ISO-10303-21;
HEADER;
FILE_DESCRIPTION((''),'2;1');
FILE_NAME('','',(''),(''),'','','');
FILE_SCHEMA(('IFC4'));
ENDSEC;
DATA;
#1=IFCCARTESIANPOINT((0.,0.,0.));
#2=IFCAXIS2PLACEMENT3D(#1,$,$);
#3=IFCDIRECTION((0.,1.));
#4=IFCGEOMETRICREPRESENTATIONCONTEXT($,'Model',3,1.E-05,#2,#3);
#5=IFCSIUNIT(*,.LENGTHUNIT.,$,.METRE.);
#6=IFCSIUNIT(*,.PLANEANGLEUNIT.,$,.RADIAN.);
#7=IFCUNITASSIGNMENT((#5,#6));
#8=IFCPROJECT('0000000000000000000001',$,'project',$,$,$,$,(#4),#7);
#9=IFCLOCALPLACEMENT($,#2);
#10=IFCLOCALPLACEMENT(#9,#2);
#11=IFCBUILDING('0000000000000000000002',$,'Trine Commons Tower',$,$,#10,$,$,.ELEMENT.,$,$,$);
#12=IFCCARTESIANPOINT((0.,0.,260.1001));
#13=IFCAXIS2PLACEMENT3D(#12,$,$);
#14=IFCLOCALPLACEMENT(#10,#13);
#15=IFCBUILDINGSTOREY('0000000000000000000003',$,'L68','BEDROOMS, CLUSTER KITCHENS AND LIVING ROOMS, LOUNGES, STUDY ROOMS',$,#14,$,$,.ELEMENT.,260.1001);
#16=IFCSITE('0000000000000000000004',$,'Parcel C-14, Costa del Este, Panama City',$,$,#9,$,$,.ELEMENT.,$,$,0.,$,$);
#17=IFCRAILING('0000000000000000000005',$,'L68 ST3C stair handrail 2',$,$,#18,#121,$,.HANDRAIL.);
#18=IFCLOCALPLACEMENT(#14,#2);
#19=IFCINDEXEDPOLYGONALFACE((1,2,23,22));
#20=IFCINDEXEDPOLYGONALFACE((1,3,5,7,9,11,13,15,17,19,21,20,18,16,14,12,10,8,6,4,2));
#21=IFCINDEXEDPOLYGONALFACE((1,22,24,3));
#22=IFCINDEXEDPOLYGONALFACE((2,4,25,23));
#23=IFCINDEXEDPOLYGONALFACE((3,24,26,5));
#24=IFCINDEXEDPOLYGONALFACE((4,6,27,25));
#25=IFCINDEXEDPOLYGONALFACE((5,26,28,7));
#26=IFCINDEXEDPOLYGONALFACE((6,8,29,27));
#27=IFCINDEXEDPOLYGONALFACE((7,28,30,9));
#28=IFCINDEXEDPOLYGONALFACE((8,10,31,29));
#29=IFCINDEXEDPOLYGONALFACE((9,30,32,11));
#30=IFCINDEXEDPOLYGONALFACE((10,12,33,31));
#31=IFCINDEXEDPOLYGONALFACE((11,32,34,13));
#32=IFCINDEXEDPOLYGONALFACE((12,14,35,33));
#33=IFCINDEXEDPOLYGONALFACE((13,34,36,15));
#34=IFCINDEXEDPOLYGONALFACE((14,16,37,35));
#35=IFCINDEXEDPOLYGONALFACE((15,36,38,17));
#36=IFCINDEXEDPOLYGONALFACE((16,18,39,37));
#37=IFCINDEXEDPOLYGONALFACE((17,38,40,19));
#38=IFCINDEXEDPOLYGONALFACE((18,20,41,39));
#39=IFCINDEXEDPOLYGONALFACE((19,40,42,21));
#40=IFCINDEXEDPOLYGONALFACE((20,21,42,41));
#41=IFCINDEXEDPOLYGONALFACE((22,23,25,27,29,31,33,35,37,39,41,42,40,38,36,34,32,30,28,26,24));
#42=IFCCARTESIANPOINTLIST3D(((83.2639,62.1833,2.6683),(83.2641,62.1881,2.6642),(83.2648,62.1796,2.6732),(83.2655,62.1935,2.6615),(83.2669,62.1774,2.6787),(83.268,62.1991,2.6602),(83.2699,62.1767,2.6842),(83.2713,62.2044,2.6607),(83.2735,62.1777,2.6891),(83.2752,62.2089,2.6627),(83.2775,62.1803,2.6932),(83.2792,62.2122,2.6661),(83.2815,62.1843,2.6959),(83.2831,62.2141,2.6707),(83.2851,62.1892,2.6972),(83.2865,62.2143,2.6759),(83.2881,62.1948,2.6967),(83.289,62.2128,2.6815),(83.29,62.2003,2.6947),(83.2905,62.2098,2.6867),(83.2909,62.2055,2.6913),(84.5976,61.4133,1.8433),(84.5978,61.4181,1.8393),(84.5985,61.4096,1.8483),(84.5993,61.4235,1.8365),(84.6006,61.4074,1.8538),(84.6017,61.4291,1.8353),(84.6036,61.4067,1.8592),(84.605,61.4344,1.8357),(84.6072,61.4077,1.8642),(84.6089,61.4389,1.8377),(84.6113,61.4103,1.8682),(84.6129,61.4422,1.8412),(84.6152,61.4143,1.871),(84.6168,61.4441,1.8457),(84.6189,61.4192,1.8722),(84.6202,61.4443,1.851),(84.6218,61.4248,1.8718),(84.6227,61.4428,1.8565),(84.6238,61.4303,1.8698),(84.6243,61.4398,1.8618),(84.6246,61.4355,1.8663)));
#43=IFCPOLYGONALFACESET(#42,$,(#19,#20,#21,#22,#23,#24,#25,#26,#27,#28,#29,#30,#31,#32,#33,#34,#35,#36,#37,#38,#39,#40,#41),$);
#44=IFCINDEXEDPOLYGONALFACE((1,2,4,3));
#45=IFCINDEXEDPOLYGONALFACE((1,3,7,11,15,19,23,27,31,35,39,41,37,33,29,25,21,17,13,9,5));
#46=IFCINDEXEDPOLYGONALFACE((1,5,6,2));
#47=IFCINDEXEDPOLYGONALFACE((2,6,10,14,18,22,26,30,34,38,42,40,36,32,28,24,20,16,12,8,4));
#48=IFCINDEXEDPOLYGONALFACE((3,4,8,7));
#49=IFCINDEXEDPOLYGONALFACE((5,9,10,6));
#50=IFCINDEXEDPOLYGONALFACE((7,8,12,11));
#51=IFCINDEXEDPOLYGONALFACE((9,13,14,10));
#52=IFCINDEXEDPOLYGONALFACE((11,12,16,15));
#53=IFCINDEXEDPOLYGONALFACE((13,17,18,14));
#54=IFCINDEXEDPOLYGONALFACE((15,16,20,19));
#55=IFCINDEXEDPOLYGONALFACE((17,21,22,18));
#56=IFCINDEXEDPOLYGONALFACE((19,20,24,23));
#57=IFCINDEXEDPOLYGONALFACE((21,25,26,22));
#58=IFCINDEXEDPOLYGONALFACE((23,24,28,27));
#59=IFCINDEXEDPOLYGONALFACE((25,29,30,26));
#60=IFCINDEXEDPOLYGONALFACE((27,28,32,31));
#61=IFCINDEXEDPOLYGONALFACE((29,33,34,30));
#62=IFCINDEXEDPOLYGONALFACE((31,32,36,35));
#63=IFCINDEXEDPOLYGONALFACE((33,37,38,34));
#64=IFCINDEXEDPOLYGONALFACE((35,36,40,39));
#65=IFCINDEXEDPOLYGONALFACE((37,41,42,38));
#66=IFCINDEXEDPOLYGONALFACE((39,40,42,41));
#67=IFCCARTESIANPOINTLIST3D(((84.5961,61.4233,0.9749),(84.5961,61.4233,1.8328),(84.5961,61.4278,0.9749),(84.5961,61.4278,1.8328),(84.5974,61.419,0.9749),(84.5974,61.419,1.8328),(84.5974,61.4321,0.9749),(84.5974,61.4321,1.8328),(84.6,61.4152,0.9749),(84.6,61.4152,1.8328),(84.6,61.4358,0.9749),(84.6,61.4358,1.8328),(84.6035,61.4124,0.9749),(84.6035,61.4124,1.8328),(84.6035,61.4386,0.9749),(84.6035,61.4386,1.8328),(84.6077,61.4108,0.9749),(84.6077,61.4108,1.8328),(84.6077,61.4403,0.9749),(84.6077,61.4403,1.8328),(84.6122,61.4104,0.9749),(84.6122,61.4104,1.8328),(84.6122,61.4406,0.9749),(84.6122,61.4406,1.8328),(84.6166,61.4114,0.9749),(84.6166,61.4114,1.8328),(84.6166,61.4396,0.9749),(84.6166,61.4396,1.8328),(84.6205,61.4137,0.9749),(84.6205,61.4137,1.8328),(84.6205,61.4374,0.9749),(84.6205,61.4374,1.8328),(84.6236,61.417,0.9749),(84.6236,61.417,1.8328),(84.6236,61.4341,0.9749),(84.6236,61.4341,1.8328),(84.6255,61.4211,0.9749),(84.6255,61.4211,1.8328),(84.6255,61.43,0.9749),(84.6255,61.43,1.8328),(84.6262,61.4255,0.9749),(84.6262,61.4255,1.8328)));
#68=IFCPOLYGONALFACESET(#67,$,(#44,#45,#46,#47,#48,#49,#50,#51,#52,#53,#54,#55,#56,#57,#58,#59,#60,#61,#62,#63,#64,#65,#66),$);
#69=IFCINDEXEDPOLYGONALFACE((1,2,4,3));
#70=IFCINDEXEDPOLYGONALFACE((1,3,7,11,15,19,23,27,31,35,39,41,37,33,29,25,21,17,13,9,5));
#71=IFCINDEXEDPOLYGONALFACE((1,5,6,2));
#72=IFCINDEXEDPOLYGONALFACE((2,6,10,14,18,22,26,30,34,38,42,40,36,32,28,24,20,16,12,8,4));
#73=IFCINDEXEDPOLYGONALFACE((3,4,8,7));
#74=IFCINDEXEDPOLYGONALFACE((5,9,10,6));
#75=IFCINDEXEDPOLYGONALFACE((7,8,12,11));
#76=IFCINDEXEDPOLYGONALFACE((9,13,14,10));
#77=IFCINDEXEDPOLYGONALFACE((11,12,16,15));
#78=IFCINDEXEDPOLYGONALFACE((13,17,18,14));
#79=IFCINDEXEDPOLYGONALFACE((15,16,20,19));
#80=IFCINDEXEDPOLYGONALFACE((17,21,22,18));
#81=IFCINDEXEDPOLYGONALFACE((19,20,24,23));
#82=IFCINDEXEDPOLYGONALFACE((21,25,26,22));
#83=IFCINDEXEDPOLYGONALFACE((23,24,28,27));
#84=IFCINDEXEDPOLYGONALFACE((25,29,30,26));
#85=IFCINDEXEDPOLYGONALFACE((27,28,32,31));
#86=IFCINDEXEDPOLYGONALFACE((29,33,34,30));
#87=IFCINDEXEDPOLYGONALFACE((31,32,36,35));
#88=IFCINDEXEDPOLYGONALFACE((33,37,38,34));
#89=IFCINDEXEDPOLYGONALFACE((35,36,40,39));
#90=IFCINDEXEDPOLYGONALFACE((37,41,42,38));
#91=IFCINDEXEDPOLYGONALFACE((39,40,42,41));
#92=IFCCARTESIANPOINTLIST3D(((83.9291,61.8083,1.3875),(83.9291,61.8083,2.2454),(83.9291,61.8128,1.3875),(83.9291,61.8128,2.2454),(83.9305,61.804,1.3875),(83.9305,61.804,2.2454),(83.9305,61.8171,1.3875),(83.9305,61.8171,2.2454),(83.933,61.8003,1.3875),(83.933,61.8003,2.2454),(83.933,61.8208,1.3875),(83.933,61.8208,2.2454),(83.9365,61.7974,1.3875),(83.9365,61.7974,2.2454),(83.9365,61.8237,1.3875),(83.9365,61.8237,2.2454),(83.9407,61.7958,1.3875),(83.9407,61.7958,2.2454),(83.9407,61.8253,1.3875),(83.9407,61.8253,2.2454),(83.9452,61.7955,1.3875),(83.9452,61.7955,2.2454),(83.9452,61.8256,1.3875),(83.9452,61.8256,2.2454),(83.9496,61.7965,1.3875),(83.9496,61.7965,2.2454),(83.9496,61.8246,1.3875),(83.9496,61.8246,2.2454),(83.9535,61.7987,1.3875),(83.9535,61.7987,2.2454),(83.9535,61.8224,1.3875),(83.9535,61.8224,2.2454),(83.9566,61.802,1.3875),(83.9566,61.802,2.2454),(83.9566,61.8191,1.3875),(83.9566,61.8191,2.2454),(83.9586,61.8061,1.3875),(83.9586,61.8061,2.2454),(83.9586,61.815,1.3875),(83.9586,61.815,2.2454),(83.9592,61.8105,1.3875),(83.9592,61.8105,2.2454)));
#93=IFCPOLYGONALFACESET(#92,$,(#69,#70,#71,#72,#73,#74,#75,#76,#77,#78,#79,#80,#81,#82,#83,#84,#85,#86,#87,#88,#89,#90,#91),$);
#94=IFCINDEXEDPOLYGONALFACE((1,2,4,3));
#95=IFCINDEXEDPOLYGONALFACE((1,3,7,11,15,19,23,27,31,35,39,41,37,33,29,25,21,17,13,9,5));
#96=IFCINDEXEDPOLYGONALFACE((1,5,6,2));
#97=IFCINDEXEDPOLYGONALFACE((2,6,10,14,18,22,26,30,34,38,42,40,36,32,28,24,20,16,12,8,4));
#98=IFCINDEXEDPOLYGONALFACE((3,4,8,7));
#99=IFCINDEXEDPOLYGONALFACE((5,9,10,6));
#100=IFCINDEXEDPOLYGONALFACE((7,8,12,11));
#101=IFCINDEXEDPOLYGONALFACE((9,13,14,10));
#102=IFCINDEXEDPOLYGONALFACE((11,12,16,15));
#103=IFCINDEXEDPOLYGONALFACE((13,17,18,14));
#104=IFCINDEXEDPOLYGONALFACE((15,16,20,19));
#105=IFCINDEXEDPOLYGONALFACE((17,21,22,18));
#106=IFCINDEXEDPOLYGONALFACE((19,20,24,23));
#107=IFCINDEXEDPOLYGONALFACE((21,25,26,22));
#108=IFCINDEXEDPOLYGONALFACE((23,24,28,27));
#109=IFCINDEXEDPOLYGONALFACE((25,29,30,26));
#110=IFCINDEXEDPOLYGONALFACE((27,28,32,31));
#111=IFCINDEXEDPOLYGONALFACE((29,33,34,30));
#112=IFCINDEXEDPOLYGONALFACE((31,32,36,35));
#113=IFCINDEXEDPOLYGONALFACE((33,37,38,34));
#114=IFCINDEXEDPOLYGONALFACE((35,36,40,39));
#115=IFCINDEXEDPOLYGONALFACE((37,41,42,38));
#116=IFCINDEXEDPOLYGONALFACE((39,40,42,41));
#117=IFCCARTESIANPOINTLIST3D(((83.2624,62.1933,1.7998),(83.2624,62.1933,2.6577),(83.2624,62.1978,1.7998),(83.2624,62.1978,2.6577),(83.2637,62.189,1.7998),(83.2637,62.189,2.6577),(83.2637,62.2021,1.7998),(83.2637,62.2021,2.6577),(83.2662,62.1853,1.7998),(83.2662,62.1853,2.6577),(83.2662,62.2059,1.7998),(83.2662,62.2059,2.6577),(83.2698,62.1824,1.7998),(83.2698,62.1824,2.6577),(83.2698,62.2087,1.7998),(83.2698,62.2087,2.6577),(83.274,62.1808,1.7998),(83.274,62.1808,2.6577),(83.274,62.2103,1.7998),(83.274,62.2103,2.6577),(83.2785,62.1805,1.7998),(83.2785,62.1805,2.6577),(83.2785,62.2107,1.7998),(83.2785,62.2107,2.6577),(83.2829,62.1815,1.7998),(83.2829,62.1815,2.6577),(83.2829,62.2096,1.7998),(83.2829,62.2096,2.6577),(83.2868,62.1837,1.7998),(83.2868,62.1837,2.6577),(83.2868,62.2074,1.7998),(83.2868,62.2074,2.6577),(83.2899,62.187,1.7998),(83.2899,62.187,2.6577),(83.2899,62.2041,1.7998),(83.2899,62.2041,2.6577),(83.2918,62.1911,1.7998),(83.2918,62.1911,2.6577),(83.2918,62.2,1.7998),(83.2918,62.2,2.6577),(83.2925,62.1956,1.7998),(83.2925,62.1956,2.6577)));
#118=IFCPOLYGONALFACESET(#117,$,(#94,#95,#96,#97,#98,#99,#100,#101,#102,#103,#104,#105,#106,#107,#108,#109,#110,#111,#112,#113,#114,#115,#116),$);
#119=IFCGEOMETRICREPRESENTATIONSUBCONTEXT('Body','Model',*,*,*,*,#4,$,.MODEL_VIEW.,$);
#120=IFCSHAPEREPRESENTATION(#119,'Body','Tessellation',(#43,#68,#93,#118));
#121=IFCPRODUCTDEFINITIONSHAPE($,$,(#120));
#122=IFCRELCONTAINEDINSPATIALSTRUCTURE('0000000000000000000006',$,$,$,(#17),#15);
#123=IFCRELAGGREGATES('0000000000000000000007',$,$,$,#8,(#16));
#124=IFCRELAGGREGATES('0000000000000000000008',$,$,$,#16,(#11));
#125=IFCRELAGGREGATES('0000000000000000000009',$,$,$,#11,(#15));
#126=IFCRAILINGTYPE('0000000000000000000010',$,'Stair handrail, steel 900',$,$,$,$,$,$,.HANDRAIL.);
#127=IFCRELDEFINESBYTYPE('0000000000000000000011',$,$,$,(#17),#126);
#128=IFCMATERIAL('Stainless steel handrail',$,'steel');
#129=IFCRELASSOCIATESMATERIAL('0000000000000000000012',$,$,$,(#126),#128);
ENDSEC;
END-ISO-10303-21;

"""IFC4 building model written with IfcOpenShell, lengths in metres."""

from ifc_helpers import new_model, si_unit, direction, frame, origin, origin_2d, place, context, subcontext, project, spatial, circle, extrude, material, type_object, element, save


model = new_model("IFC4")

# Units and contexts
model_context = context("Model", 3, precision=1e-05, world=origin(), true_north=direction((0.0, 1.0)))
body_context = subcontext(model_context, "Body", "Model", "MODEL_VIEW")
ifc_project = project(units=[si_unit("LENGTHUNIT", "METRE"), si_unit("PLANEANGLEUNIT", "RADIAN")], contexts=[model_context])

# Site, building, storey
site_placement = place(None, origin())
site = spatial("IfcSite", under=ifc_project, at=site_placement, Name="Parcel C-14, Costa del Este, Panama City", CompositionType="ELEMENT", RefElevation=0.0)
building_placement = place(site_placement, origin())
building = spatial("IfcBuilding", under=site, at=building_placement, Name="Trine Commons Tower", CompositionType="ELEMENT")
storey_placement = place(building_placement, frame((0.0, 0.0, 260.1001)))
storey = spatial("IfcBuildingStorey", under=building, at=storey_placement, Name="L68", Description="BEDROOMS, CLUSTER KITCHENS AND LIVING ROOMS, LOUNGES, STUDY ROOMS", CompositionType="ELEMENT", Elevation=260.1001)

# Railing
ifc_material_1 = material(Name="Stainless steel handrail", Category="steel")
railing_type_1 = type_object("IfcRailingType", Name="Stair handrail, steel 900", PredefinedType="HANDRAIL", material=ifc_material_1)
railing_1_placement = place(storey_placement, frame((84.6111, 61.4255, 0.9749)))
element("IfcRailing", 1, at=railing_1_placement, inside=storey, type_object=railing_type_1, Name="L68 ST3C stair handrail 2", PredefinedType="HANDRAIL", context=body_context, shape_type="SweptSolid", body=[
    extrude(circle(Radius=0.021, at=origin_2d()), frame((0.0, 0.0, 0.8789), z_axis=(-0.763405, 0.440743, 0.472185), x_axis=(-0.499992, -0.86603, 0.0)), (0.0, 0.0, 1.0), 1.7471),
    extrude(circle(Radius=0.0151, at=origin_2d()), origin(), (0.0, 0.0, 1.0), 0.8579),
    extrude(circle(Radius=0.0151, at=origin_2d()), frame((-0.667, 0.385, 0.4126)), (0.0, 0.0, 1.0), 0.8579),
    extrude(circle(Radius=0.0151, at=origin_2d()), frame((-1.3337, 0.77, 0.825)), (0.0, 0.0, 1.0), 0.8579),
])

save(model, "model.ifc")
